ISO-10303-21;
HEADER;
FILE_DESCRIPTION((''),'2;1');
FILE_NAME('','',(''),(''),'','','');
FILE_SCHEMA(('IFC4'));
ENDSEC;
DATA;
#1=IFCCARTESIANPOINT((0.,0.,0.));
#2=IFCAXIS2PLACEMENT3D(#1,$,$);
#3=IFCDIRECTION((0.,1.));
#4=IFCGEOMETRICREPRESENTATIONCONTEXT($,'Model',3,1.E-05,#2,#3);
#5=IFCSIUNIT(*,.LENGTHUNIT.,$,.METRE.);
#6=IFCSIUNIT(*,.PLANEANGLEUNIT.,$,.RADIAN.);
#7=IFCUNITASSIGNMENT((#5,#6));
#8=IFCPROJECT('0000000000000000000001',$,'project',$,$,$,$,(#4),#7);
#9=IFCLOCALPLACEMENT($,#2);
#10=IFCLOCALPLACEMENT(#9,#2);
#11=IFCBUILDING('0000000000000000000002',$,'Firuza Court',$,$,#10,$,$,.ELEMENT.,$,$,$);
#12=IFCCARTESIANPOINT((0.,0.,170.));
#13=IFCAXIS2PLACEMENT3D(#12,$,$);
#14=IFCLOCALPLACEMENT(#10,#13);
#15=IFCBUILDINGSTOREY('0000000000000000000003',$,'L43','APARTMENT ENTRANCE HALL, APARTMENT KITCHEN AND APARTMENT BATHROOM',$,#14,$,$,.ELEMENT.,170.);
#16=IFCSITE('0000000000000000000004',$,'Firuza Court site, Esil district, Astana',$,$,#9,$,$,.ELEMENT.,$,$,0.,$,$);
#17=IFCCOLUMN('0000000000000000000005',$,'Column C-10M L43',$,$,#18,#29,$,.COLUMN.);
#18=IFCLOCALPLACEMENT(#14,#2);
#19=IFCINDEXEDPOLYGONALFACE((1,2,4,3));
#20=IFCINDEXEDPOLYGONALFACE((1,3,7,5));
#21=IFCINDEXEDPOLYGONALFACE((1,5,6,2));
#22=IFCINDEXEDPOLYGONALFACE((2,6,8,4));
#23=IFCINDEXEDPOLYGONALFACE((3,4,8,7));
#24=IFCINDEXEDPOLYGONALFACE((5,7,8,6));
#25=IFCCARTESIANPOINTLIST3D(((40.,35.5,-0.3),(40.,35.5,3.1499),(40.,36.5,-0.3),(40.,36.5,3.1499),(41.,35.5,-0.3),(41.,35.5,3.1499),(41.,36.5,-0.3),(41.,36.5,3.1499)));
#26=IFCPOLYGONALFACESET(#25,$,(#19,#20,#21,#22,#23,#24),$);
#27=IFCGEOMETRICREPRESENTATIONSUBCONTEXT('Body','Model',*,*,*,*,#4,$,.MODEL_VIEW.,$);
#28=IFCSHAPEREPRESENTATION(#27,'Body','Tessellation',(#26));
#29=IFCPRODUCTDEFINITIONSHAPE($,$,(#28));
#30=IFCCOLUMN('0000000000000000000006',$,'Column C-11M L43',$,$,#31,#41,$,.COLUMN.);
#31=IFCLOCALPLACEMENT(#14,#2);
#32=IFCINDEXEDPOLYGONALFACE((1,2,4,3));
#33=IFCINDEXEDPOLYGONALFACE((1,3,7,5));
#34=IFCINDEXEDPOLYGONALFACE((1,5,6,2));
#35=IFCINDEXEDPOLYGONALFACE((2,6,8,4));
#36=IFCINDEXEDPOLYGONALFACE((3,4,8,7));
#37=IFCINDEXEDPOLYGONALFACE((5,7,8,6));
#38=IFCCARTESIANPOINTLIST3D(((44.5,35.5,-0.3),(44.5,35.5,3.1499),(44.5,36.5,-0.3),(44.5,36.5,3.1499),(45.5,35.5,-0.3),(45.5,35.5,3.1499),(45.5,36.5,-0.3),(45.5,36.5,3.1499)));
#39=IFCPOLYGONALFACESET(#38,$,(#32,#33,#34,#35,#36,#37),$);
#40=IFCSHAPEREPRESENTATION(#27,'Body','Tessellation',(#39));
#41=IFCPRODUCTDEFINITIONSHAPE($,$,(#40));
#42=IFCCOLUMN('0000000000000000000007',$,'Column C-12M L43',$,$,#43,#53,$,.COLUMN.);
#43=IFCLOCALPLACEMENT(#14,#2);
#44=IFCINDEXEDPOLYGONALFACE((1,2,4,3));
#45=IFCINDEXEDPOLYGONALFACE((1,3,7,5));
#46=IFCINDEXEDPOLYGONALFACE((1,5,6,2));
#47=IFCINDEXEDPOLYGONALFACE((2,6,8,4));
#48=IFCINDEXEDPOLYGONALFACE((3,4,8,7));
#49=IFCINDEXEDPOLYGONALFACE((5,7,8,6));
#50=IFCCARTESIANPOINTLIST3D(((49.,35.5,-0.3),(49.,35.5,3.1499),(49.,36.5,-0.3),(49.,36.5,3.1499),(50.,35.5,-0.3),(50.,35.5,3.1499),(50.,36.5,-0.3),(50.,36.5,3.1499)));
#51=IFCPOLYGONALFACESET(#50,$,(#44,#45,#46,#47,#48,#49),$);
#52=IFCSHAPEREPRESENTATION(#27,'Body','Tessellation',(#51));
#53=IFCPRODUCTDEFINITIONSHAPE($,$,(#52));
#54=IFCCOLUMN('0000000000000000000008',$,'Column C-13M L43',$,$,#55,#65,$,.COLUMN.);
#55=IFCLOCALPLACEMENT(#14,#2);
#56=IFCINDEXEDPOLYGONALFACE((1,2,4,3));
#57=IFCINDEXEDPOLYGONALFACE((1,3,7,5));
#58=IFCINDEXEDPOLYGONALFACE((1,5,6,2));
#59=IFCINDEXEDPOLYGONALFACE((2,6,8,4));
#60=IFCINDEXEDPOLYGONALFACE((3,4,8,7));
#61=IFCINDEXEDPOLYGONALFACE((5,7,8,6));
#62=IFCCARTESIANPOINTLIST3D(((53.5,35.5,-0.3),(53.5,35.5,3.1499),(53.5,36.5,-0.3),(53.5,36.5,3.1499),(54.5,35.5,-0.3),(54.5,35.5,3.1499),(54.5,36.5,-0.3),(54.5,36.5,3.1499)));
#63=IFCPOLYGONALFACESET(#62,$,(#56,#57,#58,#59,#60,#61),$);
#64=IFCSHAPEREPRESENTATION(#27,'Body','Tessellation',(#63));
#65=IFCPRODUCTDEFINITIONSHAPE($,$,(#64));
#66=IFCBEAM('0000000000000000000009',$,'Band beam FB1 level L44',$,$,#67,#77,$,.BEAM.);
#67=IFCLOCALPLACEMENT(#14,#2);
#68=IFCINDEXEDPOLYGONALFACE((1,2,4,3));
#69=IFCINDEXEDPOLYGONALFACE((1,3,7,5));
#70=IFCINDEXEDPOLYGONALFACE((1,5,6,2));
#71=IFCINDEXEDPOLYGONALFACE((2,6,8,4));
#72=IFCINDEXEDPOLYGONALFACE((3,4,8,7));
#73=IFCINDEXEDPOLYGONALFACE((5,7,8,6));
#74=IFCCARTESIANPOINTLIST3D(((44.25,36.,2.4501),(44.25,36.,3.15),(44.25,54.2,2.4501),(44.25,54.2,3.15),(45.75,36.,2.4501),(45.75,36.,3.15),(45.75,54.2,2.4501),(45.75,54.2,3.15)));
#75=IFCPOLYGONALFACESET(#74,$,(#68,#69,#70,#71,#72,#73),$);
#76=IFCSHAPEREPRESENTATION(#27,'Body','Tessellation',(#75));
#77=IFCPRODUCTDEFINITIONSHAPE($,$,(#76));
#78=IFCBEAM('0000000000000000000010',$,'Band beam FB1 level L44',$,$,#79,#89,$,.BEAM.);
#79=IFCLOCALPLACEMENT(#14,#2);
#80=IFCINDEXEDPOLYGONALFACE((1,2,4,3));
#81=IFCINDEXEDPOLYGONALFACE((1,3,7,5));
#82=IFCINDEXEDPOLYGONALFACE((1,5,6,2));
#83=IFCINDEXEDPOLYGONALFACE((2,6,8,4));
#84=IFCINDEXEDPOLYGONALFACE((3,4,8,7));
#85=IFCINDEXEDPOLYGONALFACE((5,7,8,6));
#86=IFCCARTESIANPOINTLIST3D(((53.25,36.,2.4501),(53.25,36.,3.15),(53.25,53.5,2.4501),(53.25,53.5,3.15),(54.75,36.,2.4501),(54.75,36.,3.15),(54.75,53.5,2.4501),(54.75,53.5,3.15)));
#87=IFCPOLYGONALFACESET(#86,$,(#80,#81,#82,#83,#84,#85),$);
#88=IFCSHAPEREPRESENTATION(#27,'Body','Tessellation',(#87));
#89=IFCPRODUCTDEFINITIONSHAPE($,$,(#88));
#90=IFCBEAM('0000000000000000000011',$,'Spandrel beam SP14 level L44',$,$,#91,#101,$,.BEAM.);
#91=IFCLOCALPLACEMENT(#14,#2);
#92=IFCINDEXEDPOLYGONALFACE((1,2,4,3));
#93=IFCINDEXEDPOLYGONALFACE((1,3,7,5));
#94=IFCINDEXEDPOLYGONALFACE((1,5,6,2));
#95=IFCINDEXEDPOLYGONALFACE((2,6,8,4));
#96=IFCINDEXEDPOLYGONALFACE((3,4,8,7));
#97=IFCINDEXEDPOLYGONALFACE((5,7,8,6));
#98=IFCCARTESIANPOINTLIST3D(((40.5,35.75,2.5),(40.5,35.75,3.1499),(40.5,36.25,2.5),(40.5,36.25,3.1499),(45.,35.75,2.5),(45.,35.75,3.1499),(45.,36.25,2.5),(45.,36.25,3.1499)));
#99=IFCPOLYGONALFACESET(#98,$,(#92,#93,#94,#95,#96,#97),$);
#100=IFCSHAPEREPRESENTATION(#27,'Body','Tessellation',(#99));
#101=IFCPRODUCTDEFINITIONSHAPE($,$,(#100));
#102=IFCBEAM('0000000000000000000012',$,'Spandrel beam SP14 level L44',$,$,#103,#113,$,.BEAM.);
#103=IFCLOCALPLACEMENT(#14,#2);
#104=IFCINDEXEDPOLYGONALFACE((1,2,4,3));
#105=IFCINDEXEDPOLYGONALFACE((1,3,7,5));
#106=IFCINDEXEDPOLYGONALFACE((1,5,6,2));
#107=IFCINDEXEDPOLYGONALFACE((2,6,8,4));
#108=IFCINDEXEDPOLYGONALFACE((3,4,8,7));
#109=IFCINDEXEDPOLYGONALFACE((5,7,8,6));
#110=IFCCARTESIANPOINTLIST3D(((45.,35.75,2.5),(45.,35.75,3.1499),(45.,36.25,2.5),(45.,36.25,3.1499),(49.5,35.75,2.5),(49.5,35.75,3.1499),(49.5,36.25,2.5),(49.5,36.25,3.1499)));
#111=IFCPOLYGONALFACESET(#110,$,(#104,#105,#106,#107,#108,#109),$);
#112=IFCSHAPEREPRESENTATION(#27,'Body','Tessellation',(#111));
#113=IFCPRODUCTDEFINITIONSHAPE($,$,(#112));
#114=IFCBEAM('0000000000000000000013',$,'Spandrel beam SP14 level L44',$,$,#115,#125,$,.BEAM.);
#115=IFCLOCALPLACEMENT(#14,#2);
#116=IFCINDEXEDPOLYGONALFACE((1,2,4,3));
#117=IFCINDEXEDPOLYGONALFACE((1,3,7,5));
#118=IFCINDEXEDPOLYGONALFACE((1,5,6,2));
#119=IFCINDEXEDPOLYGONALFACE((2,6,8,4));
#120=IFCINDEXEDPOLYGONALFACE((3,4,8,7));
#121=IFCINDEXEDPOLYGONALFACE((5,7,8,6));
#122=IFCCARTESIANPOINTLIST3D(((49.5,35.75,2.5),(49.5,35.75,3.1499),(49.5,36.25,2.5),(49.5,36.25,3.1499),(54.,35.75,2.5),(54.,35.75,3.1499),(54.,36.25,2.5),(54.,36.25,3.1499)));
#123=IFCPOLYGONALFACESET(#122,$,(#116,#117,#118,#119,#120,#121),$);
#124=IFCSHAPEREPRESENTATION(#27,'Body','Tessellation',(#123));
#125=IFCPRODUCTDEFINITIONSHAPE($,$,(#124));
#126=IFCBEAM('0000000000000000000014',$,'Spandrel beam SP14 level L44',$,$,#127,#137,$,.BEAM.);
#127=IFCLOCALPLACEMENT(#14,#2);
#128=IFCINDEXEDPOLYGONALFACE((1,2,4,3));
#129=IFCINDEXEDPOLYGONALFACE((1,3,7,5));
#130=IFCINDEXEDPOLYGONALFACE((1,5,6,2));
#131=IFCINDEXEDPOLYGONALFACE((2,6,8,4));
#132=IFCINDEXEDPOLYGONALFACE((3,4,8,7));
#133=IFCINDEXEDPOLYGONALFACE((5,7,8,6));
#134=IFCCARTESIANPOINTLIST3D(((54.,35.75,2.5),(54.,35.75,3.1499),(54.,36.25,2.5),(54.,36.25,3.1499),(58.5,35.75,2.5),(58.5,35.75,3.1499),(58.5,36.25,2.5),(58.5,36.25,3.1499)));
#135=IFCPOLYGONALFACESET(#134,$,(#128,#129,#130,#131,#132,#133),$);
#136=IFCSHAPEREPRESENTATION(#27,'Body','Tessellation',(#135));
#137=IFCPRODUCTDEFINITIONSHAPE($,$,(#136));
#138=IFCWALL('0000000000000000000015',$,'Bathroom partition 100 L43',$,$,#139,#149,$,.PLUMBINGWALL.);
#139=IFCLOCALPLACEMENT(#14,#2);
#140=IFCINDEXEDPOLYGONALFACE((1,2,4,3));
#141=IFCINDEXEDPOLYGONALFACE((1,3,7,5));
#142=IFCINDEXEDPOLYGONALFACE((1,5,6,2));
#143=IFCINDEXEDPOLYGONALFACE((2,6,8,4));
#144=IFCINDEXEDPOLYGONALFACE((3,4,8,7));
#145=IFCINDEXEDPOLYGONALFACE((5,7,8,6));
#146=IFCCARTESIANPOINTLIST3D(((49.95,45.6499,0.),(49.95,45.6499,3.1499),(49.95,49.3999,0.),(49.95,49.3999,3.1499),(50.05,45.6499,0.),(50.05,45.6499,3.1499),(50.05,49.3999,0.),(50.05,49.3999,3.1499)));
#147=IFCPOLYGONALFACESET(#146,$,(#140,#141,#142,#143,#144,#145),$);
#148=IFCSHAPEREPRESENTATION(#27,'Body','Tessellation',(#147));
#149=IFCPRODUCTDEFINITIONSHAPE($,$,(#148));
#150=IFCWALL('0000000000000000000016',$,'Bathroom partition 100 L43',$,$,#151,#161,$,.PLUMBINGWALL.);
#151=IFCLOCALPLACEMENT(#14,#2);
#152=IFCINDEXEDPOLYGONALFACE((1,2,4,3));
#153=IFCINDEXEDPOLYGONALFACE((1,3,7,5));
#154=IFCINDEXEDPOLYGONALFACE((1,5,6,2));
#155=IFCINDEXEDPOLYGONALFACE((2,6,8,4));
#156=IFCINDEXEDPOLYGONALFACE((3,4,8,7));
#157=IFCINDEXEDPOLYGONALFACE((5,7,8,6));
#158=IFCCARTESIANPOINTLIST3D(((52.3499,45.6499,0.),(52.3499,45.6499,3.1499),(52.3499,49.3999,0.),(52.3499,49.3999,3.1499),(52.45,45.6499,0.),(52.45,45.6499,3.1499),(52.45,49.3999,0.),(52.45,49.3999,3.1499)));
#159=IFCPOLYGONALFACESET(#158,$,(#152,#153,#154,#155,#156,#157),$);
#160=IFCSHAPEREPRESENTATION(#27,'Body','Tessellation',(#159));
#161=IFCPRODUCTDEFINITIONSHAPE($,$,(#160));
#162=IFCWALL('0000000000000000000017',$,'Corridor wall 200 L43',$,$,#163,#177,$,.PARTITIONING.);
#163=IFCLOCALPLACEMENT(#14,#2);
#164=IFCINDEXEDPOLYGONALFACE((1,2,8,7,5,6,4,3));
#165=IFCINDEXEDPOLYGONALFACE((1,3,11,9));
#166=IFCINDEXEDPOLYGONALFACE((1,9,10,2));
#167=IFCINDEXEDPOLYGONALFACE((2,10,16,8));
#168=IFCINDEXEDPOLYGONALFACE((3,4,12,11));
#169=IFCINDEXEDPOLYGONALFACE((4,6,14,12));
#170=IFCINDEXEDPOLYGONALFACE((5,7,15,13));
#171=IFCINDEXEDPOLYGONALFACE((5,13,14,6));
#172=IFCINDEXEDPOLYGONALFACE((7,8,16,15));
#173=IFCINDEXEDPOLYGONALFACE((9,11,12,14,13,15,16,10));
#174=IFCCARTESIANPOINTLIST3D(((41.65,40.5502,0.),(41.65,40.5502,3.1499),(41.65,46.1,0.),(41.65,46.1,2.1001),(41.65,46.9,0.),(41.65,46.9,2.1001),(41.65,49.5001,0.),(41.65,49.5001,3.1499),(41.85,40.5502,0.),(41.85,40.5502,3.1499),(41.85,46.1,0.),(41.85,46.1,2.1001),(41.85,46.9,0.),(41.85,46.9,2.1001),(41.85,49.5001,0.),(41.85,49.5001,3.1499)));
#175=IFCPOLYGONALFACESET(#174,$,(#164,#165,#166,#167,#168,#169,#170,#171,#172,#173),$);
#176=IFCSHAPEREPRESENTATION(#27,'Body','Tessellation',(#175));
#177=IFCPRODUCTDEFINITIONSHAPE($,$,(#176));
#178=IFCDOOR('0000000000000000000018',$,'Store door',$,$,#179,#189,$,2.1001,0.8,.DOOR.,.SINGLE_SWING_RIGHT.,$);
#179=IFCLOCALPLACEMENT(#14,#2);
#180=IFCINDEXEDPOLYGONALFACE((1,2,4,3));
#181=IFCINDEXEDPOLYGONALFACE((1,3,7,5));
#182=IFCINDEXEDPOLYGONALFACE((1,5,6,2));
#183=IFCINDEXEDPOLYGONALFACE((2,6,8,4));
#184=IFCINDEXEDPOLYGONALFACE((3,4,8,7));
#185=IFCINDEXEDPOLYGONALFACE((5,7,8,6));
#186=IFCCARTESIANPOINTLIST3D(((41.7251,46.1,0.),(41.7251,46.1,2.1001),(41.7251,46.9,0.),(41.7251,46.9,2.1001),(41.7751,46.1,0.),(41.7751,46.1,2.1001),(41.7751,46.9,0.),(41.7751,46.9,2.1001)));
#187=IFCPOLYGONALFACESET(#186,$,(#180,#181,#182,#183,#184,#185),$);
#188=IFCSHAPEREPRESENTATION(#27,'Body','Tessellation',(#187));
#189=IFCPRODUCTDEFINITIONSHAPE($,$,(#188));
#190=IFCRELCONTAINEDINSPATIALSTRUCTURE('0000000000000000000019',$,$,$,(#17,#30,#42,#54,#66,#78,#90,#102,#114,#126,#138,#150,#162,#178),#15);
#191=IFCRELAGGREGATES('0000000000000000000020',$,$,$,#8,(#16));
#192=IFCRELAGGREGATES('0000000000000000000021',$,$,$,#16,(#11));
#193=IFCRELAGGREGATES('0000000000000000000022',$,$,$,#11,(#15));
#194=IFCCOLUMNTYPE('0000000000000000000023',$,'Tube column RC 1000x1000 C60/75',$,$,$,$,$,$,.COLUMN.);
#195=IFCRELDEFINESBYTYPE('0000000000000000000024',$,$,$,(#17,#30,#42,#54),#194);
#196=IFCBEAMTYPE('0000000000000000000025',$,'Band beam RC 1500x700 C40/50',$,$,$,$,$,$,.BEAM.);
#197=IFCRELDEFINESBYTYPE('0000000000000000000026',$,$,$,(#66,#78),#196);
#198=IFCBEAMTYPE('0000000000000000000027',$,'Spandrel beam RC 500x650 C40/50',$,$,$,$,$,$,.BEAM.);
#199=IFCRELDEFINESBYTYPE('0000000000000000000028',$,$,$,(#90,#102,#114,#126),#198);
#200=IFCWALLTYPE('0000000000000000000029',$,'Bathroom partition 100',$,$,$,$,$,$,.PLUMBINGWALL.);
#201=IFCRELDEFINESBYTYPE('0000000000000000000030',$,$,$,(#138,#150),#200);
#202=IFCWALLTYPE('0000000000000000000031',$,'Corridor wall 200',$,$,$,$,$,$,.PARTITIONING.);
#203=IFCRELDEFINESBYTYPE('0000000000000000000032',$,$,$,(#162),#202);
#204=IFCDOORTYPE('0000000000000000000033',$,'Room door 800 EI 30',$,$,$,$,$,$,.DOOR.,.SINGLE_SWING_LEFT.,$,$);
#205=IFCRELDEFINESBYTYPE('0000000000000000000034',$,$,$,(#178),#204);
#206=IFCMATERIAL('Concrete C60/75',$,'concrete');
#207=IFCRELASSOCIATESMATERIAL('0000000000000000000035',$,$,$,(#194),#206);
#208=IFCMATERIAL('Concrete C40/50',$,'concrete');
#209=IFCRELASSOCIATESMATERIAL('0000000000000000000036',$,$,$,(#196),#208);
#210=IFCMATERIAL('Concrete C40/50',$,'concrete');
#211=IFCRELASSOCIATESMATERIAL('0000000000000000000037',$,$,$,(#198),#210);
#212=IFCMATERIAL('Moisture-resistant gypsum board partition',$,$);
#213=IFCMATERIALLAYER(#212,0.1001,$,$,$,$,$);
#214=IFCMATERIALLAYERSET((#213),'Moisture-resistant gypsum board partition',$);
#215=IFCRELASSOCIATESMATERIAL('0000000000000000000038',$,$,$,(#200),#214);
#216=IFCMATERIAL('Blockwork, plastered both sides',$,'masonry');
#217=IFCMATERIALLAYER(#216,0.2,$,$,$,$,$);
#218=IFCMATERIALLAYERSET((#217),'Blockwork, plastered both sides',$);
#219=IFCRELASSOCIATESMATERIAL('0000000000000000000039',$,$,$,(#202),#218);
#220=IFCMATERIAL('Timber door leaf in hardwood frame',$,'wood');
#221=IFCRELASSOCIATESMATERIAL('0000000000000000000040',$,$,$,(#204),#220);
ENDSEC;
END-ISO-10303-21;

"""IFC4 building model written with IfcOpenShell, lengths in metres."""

from ifc_helpers import new_model, si_unit, direction, frame, frame_2d, origin, origin_2d, place, context, subcontext, project, spatial, rectangle, extrude, material, layer, layer_set, material_profile, profile_set, type_object, element, fill, save


model = new_model("IFC4")

# Units and contexts
model_context = context("Model", 3, precision=1e-05, world=origin(), true_north=direction((0.0, 1.0)))
body_context = subcontext(model_context, "Body", "Model", "MODEL_VIEW")
ifc_project = project(units=[si_unit("LENGTHUNIT", "METRE"), si_unit("PLANEANGLEUNIT", "RADIAN")], contexts=[model_context])

# Site, building, storey
site_placement = place(None, origin())
site = spatial("IfcSite", under=ifc_project, at=site_placement, Name="Firuza Court site, Esil district, Astana", CompositionType="ELEMENT", RefElevation=0.0)
building_placement = place(site_placement, origin())
building = spatial("IfcBuilding", under=site, at=building_placement, Name="Firuza Court", CompositionType="ELEMENT")
storey_placement = place(building_placement, frame((0.0, 0.0, 170.0)))
storey = spatial("IfcBuildingStorey", under=building, at=storey_placement, Name="L43", Description="APARTMENT ENTRANCE HALL, APARTMENT KITCHEN AND APARTMENT BATHROOM", CompositionType="ELEMENT", Elevation=170.0)

# Columns
ifc_material_1 = material(Name="Concrete C60/75", Category="concrete")
ifc_material_profile_1 = material_profile(ifc_material_1, rectangle(XDim=1.0, YDim=1.0, at=origin_2d()), Name="RC 1000x1000")
ifc_profile_set_1 = profile_set([ifc_material_profile_1], Name="Concrete C60/75")
column_type = type_object("IfcColumnType", Name="Tube column RC 1000x1000 C60/75", PredefinedType="COLUMN", material=ifc_profile_set_1)
for number, where, z_axis, x_axis, name in (
    (1, (40.5, 36.0, -0.3), (0.0, 0.0, 1.0), (1.0, 0.0, 0.0), "Column C-10M L43"),
    (2, (45.0, 36.0, -0.3), (0.0, 0.0, 1.0), (1.0, 0.0, 0.0), "Column C-11M L43"),
    (3, (49.5, 36.0, -0.3), (0.0, 0.0, 1.0), (1.0, 0.0, 0.0), "Column C-12M L43"),
    (4, (54.0, 36.0, -0.3), (0.0, 0.0, 1.0), (1.0, 0.0, 0.0), "Column C-13M L43"),
):
    element("IfcColumn", number, at=place(storey_placement, frame(where, z_axis=z_axis, x_axis=x_axis)), inside=storey, type_object=column_type, Name=name, PredefinedType="COLUMN", context=body_context, shape_type="SweptSolid", body=[
        extrude(rectangle(XDim=1.0, YDim=1.0, at=origin_2d()), origin(), (0.0, 0.0, 1.0), 3.45),
    ])

# Beams
ifc_material_2 = material(Name="Concrete C40/50", Category="concrete")
ifc_material_profile_2 = material_profile(ifc_material_2, rectangle(XDim=1.5, YDim=0.7, at=origin_2d()), Name="RC 1500x700")
ifc_profile_set_2 = profile_set([ifc_material_profile_2], Name="Concrete C40/50")
beam_type_1 = type_object("IfcBeamType", Name="Band beam RC 1500x700 C40/50", PredefinedType="BEAM", material=ifc_profile_set_2)
beam_1_placement = place(storey_placement, frame((45.0, 36.0, 2.8), z_axis=(0.0, 1.0, 0.0), x_axis=(-1.0, 0.0, 0.0)))
element("IfcBeam", 5, at=beam_1_placement, inside=storey, type_object=beam_type_1, Name="Band beam FB1 level L44", PredefinedType="BEAM", context=body_context, shape_type="SweptSolid", body=[
    extrude(rectangle(XDim=1.5, YDim=0.7, at=origin_2d()), origin(), (0.0, 0.0, 1.0), 18.2),
])
beam_2_placement = place(storey_placement, frame((54.0, 36.0, 2.8), z_axis=(0.0, 1.0, 0.0), x_axis=(-1.0, 0.0, 0.0)))
element("IfcBeam", 6, at=beam_2_placement, inside=storey, type_object=beam_type_1, Name="Band beam FB1 level L44", PredefinedType="BEAM", context=body_context, shape_type="SweptSolid", body=[
    extrude(rectangle(XDim=1.5, YDim=0.7, at=origin_2d()), origin(), (0.0, 0.0, 1.0), 17.5),
])
ifc_material_3 = material(Name="Concrete C40/50", Category="concrete")
ifc_material_profile_3 = material_profile(ifc_material_3, rectangle(XDim=0.5, YDim=0.6499, at=origin_2d()), Name="RC 500x650")
ifc_profile_set_3 = profile_set([ifc_material_profile_3], Name="Concrete C40/50")
beam_type_2 = type_object("IfcBeamType", Name="Spandrel beam RC 500x650 C40/50", PredefinedType="BEAM", material=ifc_profile_set_3)
for number, where, z_axis, x_axis, name in (
    (7, (40.5, 36.0, 2.825), (1.0, 0.0, 0.0), (0.0, 1.0, 0.0), "Spandrel beam SP14 level L44"),
    (8, (45.0, 36.0, 2.825), (1.0, 0.0, 0.0), (0.0, 1.0, 0.0), "Spandrel beam SP14 level L44"),
    (9, (49.5, 36.0, 2.825), (1.0, 0.0, 0.0), (0.0, 1.0, 0.0), "Spandrel beam SP14 level L44"),
    (10, (54.0, 36.0, 2.825), (1.0, 0.0, 0.0), (0.0, 1.0, 0.0), "Spandrel beam SP14 level L44"),
):
    element("IfcBeam", number, at=place(storey_placement, frame(where, z_axis=z_axis, x_axis=x_axis)), inside=storey, type_object=beam_type_2, Name=name, PredefinedType="BEAM", context=body_context, shape_type="SweptSolid", body=[
        extrude(rectangle(XDim=0.5, YDim=0.6499, at=origin_2d()), origin(), (0.0, 0.0, 1.0), 4.5),
    ])

# Walls
ifc_material_4 = material(Name="Moisture-resistant gypsum board partition")
ifc_layer_1 = layer(ifc_material_4, 0.1001)
ifc_layer_set_1 = layer_set([ifc_layer_1], Name="Moisture-resistant gypsum board partition")
wall_type_1 = type_object("IfcWallType", Name="Bathroom partition 100", PredefinedType="PLUMBINGWALL", material=ifc_layer_set_1)
for number, where, z_axis, x_axis, name in (
    (11, (50.0, 45.6499, 0.0), (0.0, 0.0, 1.0), (0.0, 1.0, 0.0), "Bathroom partition 100 L43"),
    (12, (52.3999, 45.6499, 0.0), (0.0, 0.0, 1.0), (0.0, 1.0, 0.0), "Bathroom partition 100 L43"),
):
    element("IfcWall", number, at=place(storey_placement, frame(where, z_axis=z_axis, x_axis=x_axis)), inside=storey, type_object=wall_type_1, Name=name, PredefinedType="PLUMBINGWALL", context=body_context, shape_type="SweptSolid", body=[
        extrude(rectangle(XDim=3.75, YDim=0.1001, at=frame_2d((1.875, 0.0))), origin(), (0.0, 0.0, 1.0), 3.1499),
    ])

# Wall, opening, door
ifc_material_5 = material(Name="Blockwork, plastered both sides", Category="masonry")
ifc_layer_2 = layer(ifc_material_5, 0.2)
ifc_layer_set_2 = layer_set([ifc_layer_2], Name="Blockwork, plastered both sides")
wall_type_2 = type_object("IfcWallType", Name="Corridor wall 200", PredefinedType="PARTITIONING", material=ifc_layer_set_2)
wall_1_placement = place(storey_placement, frame((41.75, 40.55, 0.0), z_axis=(0.0, 0.0, 1.0), x_axis=(0.0, 1.0, 0.0)))
wall_1 = element("IfcWall", 13, at=wall_1_placement, inside=storey, type_object=wall_type_2, Name="Corridor wall 200 L43", PredefinedType="PARTITIONING", context=body_context, shape_type="SweptSolid", body=[
    extrude(rectangle(XDim=8.95, YDim=0.2, at=frame_2d((4.4751, 0.0))), origin(), (0.0, 0.0, 1.0), 3.1499),
])
opening_1_placement = place(wall_1_placement, frame((5.55, 0.0, 0.0)))
opening_1 = element("IfcOpeningElement", 14, at=opening_1_placement, cuts=wall_1, PredefinedType="OPENING", context=body_context, shape_type="SweptSolid", body=[
    extrude(rectangle(XDim=0.8, YDim=2.1001, at=frame_2d((0.3999, 1.05))), frame((0.0, 0.1118, 0.0), z_axis=(0.0, -1.0, 0.0), x_axis=(1.0, 0.0, 0.0)), (0.0, 0.0, 1.0), 0.2239),
])
ifc_material_6 = material(Name="Timber door leaf in hardwood frame", Category="wood")
door_type_1 = type_object("IfcDoorType", Name="Room door 800 EI 30", OperationType="SINGLE_SWING_LEFT", PredefinedType="DOOR", material=ifc_material_6)
door_1_placement = place(opening_1_placement, origin())
door_1 = element("IfcDoor", 15, at=door_1_placement, inside=storey, type_object=door_type_1, Name="Store door", OperationType="SINGLE_SWING_RIGHT", OverallHeight=2.1001, OverallWidth=0.8, PredefinedType="DOOR", context=body_context, shape_type="SweptSolid", body=[
    extrude(rectangle(XDim=0.8, YDim=2.1001, at=frame_2d((0.3999, 1.05))), frame((0.0, 0.0249, 0.0), z_axis=(0.0, -1.0, 0.0), x_axis=(1.0, 0.0, 0.0)), (0.0, 0.0, 1.0), 0.05),
])
fill(opening_1, door_1)

save(model, "model.ifc")
